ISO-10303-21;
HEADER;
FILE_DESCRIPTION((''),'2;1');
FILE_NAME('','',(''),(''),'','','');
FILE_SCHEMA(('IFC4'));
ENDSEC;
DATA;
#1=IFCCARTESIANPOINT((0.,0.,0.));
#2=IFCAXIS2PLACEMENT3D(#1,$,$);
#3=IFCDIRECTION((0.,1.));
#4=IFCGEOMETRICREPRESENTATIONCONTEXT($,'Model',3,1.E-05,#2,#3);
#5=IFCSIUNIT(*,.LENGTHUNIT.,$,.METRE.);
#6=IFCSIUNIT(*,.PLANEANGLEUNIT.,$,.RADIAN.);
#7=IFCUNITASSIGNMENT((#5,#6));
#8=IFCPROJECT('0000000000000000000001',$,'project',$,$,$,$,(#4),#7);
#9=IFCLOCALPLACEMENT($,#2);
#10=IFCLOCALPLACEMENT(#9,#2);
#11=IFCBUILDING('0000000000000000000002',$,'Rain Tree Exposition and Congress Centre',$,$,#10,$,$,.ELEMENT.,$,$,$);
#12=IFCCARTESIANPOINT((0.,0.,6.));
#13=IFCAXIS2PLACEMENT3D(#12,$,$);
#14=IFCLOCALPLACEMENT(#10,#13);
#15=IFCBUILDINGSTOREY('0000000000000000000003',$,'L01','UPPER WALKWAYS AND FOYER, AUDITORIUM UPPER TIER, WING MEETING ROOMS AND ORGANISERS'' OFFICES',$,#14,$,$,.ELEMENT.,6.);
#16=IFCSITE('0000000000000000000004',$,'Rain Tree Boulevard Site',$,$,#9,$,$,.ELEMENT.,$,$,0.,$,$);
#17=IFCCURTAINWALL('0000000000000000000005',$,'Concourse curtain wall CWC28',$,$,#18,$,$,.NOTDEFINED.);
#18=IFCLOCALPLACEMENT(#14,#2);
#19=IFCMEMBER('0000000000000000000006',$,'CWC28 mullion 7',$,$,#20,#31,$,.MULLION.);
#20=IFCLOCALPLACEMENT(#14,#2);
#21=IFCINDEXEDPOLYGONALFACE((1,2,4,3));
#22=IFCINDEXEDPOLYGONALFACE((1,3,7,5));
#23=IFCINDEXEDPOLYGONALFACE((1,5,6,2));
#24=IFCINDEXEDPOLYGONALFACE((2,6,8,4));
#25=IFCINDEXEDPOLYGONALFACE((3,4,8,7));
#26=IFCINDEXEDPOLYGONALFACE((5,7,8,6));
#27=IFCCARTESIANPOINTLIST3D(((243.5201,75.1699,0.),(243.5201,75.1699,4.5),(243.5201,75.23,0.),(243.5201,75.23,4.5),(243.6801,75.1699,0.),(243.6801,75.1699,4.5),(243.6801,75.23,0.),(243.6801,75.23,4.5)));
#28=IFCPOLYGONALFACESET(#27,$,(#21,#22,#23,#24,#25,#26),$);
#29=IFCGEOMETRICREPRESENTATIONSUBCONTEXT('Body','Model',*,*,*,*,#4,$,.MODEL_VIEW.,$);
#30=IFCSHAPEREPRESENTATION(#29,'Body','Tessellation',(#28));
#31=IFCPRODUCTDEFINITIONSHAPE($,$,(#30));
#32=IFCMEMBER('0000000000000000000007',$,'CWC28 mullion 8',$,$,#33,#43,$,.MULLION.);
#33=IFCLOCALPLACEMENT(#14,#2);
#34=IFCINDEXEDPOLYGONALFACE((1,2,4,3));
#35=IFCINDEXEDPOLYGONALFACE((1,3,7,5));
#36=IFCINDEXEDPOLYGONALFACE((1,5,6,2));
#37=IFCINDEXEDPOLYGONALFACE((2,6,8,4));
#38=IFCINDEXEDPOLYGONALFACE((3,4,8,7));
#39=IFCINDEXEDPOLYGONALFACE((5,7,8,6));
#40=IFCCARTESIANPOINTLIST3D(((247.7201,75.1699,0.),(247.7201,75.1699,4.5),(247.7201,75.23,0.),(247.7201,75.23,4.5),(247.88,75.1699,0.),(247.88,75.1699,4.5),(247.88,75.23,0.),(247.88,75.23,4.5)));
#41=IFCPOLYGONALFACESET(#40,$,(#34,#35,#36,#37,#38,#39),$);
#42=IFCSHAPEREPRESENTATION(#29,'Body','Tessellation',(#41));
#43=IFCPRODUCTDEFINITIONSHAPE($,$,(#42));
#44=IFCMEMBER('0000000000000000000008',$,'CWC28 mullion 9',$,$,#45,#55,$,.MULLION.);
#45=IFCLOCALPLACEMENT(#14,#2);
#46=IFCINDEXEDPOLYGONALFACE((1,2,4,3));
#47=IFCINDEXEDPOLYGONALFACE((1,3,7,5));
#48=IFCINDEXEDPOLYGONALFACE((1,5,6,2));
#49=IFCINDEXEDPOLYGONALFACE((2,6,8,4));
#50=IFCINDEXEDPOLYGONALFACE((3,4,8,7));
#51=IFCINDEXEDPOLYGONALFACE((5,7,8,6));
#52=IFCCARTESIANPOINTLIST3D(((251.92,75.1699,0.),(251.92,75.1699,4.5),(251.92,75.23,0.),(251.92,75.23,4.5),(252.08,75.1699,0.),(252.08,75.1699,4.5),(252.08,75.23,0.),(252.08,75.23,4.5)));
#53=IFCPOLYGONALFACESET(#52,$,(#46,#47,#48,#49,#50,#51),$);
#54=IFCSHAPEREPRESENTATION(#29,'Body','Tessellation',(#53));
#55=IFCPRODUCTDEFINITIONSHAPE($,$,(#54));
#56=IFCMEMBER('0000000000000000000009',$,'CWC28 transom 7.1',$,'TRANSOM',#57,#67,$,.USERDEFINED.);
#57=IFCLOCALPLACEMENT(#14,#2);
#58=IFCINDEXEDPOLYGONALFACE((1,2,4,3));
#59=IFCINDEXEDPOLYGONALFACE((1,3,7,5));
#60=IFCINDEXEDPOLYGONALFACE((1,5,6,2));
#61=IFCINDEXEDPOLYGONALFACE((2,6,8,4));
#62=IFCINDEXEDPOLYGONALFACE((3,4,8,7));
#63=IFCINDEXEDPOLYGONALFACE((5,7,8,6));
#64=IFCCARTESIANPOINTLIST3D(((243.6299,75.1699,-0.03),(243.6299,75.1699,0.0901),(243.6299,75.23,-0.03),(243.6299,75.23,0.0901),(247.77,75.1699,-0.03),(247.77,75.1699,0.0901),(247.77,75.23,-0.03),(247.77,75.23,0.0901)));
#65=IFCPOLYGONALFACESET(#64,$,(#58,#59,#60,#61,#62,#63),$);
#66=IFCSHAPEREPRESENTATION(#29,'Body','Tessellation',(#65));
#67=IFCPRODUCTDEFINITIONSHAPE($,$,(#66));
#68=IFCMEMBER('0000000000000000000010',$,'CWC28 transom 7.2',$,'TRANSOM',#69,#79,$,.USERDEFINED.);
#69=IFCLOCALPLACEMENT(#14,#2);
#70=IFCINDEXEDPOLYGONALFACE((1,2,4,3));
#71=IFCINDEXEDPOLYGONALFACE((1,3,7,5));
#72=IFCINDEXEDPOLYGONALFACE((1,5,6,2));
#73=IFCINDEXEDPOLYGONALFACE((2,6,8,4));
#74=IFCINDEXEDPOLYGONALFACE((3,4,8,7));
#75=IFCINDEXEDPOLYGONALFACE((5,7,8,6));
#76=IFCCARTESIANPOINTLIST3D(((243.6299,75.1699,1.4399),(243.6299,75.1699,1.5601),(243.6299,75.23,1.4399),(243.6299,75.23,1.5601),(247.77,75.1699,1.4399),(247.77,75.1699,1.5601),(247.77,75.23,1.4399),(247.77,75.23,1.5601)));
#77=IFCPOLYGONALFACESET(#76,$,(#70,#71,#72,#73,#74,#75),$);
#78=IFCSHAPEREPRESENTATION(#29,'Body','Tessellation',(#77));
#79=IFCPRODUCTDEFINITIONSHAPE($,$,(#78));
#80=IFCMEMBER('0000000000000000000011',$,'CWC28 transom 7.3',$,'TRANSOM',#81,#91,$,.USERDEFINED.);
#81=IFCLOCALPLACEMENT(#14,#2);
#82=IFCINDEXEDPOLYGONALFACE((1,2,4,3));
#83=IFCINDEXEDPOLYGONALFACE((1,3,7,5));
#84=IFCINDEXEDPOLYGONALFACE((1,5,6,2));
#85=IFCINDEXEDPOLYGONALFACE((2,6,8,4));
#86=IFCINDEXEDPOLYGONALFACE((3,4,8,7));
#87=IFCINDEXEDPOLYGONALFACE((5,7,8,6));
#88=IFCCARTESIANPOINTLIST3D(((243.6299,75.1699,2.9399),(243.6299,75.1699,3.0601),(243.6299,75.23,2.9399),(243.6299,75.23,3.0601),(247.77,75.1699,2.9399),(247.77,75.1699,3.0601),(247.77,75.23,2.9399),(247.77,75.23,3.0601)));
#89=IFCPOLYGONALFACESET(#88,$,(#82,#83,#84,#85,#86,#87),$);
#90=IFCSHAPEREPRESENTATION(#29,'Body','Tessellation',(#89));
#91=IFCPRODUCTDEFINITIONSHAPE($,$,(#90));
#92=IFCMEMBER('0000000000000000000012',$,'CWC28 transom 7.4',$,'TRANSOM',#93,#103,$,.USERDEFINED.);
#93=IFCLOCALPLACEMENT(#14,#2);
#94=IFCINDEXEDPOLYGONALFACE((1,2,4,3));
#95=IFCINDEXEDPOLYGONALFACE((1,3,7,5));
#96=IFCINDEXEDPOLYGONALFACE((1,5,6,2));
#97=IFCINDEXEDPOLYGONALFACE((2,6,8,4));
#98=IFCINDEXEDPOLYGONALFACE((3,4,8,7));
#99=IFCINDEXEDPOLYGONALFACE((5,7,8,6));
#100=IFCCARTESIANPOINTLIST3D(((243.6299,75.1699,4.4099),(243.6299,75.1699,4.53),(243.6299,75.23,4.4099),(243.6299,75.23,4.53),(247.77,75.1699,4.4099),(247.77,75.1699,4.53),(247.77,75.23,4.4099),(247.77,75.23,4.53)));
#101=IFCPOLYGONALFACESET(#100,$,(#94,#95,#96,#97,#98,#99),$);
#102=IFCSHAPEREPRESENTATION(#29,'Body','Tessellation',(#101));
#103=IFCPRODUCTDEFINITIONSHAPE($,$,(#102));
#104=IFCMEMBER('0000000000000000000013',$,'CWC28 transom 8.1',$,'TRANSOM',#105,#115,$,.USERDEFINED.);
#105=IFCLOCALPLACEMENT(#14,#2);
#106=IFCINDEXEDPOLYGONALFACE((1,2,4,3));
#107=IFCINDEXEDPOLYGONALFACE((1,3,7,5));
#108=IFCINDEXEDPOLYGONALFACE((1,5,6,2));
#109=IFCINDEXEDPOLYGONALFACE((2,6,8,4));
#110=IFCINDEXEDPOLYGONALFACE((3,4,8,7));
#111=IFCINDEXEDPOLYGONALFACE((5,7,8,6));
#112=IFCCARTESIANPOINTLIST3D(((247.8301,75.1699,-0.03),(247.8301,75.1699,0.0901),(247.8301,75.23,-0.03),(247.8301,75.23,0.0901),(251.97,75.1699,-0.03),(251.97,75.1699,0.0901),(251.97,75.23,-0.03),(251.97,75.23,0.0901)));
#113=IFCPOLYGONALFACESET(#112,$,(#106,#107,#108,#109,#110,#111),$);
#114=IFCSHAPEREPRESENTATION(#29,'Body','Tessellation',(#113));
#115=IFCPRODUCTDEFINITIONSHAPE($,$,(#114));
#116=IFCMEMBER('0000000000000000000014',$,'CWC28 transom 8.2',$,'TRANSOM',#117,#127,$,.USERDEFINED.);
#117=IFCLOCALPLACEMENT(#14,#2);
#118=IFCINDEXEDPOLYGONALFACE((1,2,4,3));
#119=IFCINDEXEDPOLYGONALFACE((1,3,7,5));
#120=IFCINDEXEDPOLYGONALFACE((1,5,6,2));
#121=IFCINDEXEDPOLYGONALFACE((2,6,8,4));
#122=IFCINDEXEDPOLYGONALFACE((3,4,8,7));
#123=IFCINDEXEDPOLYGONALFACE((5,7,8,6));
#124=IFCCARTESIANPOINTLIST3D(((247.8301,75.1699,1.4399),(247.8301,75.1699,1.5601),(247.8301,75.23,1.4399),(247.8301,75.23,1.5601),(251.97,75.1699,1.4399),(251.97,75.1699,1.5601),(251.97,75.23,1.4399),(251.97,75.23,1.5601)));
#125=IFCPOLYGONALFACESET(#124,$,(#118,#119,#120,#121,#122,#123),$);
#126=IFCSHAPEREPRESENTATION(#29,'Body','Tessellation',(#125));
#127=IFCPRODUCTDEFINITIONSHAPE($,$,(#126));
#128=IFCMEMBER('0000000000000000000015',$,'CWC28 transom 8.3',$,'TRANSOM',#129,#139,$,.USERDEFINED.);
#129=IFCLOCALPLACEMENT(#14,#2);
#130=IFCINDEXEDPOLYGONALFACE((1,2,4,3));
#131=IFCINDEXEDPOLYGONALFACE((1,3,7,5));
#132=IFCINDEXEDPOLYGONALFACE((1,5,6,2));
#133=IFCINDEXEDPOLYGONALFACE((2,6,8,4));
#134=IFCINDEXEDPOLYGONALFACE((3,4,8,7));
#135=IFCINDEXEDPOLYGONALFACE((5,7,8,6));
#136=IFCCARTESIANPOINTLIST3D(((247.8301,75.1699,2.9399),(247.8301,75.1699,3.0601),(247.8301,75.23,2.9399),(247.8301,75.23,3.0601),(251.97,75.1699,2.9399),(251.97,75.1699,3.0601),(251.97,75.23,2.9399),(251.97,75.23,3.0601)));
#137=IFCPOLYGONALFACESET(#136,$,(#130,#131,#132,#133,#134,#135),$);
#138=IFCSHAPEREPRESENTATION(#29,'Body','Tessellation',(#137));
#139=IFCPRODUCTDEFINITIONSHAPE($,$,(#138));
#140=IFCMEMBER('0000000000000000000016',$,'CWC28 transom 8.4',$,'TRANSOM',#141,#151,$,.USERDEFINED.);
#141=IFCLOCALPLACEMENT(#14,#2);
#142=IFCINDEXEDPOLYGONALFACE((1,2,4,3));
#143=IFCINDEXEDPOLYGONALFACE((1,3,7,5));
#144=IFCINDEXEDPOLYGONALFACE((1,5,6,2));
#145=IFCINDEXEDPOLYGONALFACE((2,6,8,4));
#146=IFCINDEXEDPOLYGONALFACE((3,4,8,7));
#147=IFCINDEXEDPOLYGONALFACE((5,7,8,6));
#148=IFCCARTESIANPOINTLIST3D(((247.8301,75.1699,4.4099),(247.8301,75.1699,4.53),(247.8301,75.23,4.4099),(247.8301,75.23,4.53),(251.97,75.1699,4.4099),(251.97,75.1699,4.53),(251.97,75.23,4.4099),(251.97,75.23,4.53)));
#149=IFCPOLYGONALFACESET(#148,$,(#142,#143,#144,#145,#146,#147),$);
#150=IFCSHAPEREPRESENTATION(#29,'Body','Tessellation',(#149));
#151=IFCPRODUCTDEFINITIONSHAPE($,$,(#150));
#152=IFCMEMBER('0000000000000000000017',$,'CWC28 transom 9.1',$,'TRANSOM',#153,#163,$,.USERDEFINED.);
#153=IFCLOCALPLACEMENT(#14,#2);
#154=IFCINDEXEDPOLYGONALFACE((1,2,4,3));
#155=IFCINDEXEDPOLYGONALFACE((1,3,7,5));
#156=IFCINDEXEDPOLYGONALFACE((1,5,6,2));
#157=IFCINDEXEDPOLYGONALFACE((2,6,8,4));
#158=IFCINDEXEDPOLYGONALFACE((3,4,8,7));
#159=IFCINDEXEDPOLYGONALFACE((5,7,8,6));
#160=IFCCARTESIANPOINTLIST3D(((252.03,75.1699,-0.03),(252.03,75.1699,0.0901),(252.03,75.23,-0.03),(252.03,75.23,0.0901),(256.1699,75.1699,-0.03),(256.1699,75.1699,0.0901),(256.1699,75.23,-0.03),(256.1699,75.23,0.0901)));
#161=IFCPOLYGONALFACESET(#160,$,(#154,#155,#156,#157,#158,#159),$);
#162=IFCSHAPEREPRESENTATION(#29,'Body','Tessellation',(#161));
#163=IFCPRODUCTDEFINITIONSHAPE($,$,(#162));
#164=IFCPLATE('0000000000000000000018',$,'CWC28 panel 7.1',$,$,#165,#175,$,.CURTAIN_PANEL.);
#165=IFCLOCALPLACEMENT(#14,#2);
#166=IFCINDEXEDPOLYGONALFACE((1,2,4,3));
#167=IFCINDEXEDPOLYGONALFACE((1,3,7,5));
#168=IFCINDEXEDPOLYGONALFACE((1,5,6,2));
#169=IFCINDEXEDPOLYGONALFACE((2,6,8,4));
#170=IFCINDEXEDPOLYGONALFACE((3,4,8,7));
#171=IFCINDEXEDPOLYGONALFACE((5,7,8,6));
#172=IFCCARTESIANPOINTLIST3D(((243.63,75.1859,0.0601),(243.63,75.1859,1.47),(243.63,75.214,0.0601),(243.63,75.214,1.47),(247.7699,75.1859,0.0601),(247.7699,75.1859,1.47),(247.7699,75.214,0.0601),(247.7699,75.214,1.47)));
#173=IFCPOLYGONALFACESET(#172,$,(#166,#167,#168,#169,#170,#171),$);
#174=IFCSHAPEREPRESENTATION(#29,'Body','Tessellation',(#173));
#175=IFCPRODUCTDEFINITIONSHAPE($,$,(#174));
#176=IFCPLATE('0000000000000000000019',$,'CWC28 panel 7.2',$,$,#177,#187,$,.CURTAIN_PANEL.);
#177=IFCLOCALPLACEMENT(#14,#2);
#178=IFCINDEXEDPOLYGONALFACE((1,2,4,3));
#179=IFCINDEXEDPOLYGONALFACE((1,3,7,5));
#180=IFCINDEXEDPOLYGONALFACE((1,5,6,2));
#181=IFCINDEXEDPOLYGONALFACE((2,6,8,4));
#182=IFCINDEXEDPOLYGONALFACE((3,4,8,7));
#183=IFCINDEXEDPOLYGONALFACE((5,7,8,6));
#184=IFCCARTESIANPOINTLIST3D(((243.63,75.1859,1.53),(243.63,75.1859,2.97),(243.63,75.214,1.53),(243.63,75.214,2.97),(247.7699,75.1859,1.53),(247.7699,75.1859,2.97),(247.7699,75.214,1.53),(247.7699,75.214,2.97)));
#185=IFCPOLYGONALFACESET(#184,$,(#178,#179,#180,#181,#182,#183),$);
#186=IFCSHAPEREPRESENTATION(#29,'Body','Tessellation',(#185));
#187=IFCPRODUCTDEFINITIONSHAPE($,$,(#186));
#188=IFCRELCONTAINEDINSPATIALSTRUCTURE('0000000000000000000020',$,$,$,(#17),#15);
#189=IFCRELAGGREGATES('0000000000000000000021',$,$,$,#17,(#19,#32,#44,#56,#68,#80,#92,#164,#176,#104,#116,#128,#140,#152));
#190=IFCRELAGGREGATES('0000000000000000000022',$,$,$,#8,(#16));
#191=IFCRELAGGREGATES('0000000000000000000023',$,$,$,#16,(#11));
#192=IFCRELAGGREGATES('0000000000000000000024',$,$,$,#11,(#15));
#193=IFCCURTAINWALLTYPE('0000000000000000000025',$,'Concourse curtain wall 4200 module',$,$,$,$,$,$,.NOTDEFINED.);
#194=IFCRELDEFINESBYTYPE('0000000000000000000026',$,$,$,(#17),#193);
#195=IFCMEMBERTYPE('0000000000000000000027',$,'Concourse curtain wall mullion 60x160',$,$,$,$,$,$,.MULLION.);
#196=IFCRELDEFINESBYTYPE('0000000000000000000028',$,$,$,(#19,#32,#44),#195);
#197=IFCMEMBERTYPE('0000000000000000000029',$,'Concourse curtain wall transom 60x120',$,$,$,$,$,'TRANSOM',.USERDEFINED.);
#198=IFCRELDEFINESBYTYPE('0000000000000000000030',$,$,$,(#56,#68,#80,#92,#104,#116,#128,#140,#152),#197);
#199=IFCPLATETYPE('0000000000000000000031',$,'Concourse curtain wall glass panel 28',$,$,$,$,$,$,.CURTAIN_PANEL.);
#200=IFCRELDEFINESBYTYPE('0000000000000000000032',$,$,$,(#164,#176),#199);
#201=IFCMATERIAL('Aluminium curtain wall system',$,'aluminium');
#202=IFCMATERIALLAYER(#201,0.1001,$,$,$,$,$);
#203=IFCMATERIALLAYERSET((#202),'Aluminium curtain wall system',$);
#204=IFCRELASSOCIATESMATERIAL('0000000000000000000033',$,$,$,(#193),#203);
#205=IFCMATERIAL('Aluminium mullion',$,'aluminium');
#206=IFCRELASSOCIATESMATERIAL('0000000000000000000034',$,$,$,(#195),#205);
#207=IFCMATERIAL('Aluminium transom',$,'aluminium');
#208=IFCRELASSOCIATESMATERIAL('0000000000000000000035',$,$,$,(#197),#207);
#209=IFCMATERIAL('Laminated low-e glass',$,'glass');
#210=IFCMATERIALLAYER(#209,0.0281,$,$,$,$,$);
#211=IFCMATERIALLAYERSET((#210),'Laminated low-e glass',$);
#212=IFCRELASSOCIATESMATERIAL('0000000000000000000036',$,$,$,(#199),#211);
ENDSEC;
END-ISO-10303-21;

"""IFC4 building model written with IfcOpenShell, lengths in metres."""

from ifc_helpers import new_model, si_unit, direction, frame, origin, origin_2d, place, context, subcontext, project, spatial, rectangle, extrude, material, layer, layer_set, material_profile, profile_set, type_object, element, aggregate, save


model = new_model("IFC4")

# Units and contexts
model_context = context("Model", 3, precision=1e-05, world=origin(), true_north=direction((0.0, 1.0)))
body_context = subcontext(model_context, "Body", "Model", "MODEL_VIEW")
ifc_project = project(units=[si_unit("LENGTHUNIT", "METRE"), si_unit("PLANEANGLEUNIT", "RADIAN")], contexts=[model_context])

# Site, building, storey
site_placement = place(None, origin())
site = spatial("IfcSite", under=ifc_project, at=site_placement, Name="Rain Tree Boulevard Site", CompositionType="ELEMENT", RefElevation=0.0)
building_placement = place(site_placement, origin())
building = spatial("IfcBuilding", under=site, at=building_placement, Name="Rain Tree Exposition and Congress Centre", CompositionType="ELEMENT")
storey_placement = place(building_placement, frame((0.0, 0.0, 6.0)))
storey = spatial("IfcBuildingStorey", under=building, at=storey_placement, Name="L01", Description="UPPER WALKWAYS AND FOYER, AUDITORIUM UPPER TIER, WING MEETING ROOMS AND ORGANISERS' OFFICES", CompositionType="ELEMENT", Elevation=6.0)

# Curtain wall, members, plates
ifc_material_1 = material(Name="Aluminium curtain wall system", Category="aluminium")
ifc_layer_1 = layer(ifc_material_1, 0.1001)
ifc_layer_set_1 = layer_set([ifc_layer_1], Name="Aluminium curtain wall system")
curtain_wall_type = type_object("IfcCurtainWallType", Name="Concourse curtain wall 4200 module", PredefinedType="NOTDEFINED", material=ifc_layer_set_1)
curtain_wall_placement = place(storey_placement, origin())
curtain_wall = element("IfcCurtainWall", 1, at=curtain_wall_placement, inside=storey, type_object=curtain_wall_type, Name="Concourse curtain wall CWC28", PredefinedType="NOTDEFINED")
ifc_material_2 = material(Name="Aluminium mullion", Category="aluminium")
ifc_material_profile_1 = material_profile(ifc_material_2, rectangle(XDim=0.0601, YDim=0.1599, at=origin_2d()), Name="AL 60x160")
ifc_profile_set_1 = profile_set([ifc_material_profile_1], Name="Aluminium mullion")
member_type_1 = type_object("IfcMemberType", Name="Concourse curtain wall mullion 60x160", PredefinedType="MULLION", material=ifc_profile_set_1)
member_1_placement = place(storey_placement, frame((243.6001, 75.2, 0.0), z_axis=(0.0, 0.0, 1.0), x_axis=(0.0, 1.0, 0.0)))
member_1 = element("IfcMember", 2, at=member_1_placement, type_object=member_type_1, Name="CWC28 mullion 7", PredefinedType="MULLION", context=body_context, shape_type="SweptSolid", body=[
    extrude(rectangle(XDim=0.0601, YDim=0.1599, at=origin_2d()), origin(), (0.0, 0.0, 1.0), 4.5),
])
member_2_placement = place(storey_placement, frame((247.8, 75.2, 0.0), z_axis=(0.0, 0.0, 1.0), x_axis=(0.0, 1.0, 0.0)))
member_2 = element("IfcMember", 3, at=member_2_placement, type_object=member_type_1, Name="CWC28 mullion 8", PredefinedType="MULLION", context=body_context, shape_type="SweptSolid", body=[
    extrude(rectangle(XDim=0.0601, YDim=0.1599, at=origin_2d()), origin(), (0.0, 0.0, 1.0), 4.5),
])
member_3_placement = place(storey_placement, frame((252.0, 75.2, 0.0), z_axis=(0.0, 0.0, 1.0), x_axis=(0.0, 1.0, 0.0)))
member_3 = element("IfcMember", 4, at=member_3_placement, type_object=member_type_1, Name="CWC28 mullion 9", PredefinedType="MULLION", context=body_context, shape_type="SweptSolid", body=[
    extrude(rectangle(XDim=0.0601, YDim=0.1599, at=origin_2d()), origin(), (0.0, 0.0, 1.0), 4.5),
])
ifc_material_3 = material(Name="Aluminium transom", Category="aluminium")
ifc_material_profile_2 = material_profile(ifc_material_3, rectangle(XDim=0.0601, YDim=0.1201, at=origin_2d()), Name="AL 60x120")
ifc_profile_set_2 = profile_set([ifc_material_profile_2], Name="Aluminium transom")
member_type_2 = type_object("IfcMemberType", Name="Concourse curtain wall transom 60x120", ElementType="TRANSOM", PredefinedType="USERDEFINED", material=ifc_profile_set_2)
member_4_placement = place(storey_placement, frame((243.6299, 75.2, 0.03), z_axis=(1.0, 0.0, 0.0), x_axis=(0.0, 1.0, 0.0)))
member_4 = element("IfcMember", 5, at=member_4_placement, type_object=member_type_2, Name="CWC28 transom 7.1", ObjectType="TRANSOM", PredefinedType="USERDEFINED", context=body_context, shape_type="SweptSolid", body=[
    extrude(rectangle(XDim=0.0601, YDim=0.1201, at=origin_2d()), origin(), (0.0, 0.0, 1.0), 4.1401),
])
member_5_placement = place(storey_placement, frame((243.6299, 75.2, 1.5), z_axis=(1.0, 0.0, 0.0), x_axis=(0.0, 1.0, 0.0)))
member_5 = element("IfcMember", 6, at=member_5_placement, type_object=member_type_2, Name="CWC28 transom 7.2", ObjectType="TRANSOM", PredefinedType="USERDEFINED", context=body_context, shape_type="SweptSolid", body=[
    extrude(rectangle(XDim=0.0601, YDim=0.1201, at=origin_2d()), origin(), (0.0, 0.0, 1.0), 4.1401),
])
member_6_placement = place(storey_placement, frame((243.6299, 75.2, 3.0), z_axis=(1.0, 0.0, 0.0), x_axis=(0.0, 1.0, 0.0)))
member_6 = element("IfcMember", 7, at=member_6_placement, type_object=member_type_2, Name="CWC28 transom 7.3", ObjectType="TRANSOM", PredefinedType="USERDEFINED", context=body_context, shape_type="SweptSolid", body=[
    extrude(rectangle(XDim=0.0601, YDim=0.1201, at=origin_2d()), origin(), (0.0, 0.0, 1.0), 4.1401),
])
member_7_placement = place(storey_placement, frame((243.6299, 75.2, 4.47), z_axis=(1.0, 0.0, 0.0), x_axis=(0.0, 1.0, 0.0)))
member_7 = element("IfcMember", 8, at=member_7_placement, type_object=member_type_2, Name="CWC28 transom 7.4", ObjectType="TRANSOM", PredefinedType="USERDEFINED", context=body_context, shape_type="SweptSolid", body=[
    extrude(rectangle(XDim=0.0601, YDim=0.1201, at=origin_2d()), origin(), (0.0, 0.0, 1.0), 4.1401),
])
member_8_placement = place(storey_placement, frame((247.8301, 75.2, 0.03), z_axis=(1.0, 0.0, 0.0), x_axis=(0.0, 1.0, 0.0)))
member_8 = element("IfcMember", 9, at=member_8_placement, type_object=member_type_2, Name="CWC28 transom 8.1", ObjectType="TRANSOM", PredefinedType="USERDEFINED", context=body_context, shape_type="SweptSolid", body=[
    extrude(rectangle(XDim=0.0601, YDim=0.1201, at=origin_2d()), origin(), (0.0, 0.0, 1.0), 4.1399),
])
member_9_placement = place(storey_placement, frame((247.8301, 75.2, 1.5), z_axis=(1.0, 0.0, 0.0), x_axis=(0.0, 1.0, 0.0)))
member_9 = element("IfcMember", 10, at=member_9_placement, type_object=member_type_2, Name="CWC28 transom 8.2", ObjectType="TRANSOM", PredefinedType="USERDEFINED", context=body_context, shape_type="SweptSolid", body=[
    extrude(rectangle(XDim=0.0601, YDim=0.1201, at=origin_2d()), origin(), (0.0, 0.0, 1.0), 4.1399),
])
member_10_placement = place(storey_placement, frame((247.8301, 75.2, 3.0), z_axis=(1.0, 0.0, 0.0), x_axis=(0.0, 1.0, 0.0)))
member_10 = element("IfcMember", 11, at=member_10_placement, type_object=member_type_2, Name="CWC28 transom 8.3", ObjectType="TRANSOM", PredefinedType="USERDEFINED", context=body_context, shape_type="SweptSolid", body=[
    extrude(rectangle(XDim=0.0601, YDim=0.1201, at=origin_2d()), origin(), (0.0, 0.0, 1.0), 4.1399),
])
member_11_placement = place(storey_placement, frame((247.8301, 75.2, 4.47), z_axis=(1.0, 0.0, 0.0), x_axis=(0.0, 1.0, 0.0)))
member_11 = element("IfcMember", 12, at=member_11_placement, type_object=member_type_2, Name="CWC28 transom 8.4", ObjectType="TRANSOM", PredefinedType="USERDEFINED", context=body_context, shape_type="SweptSolid", body=[
    extrude(rectangle(XDim=0.0601, YDim=0.1201, at=origin_2d()), origin(), (0.0, 0.0, 1.0), 4.1399),
])
member_12_placement = place(storey_placement, frame((252.03, 75.2, 0.03), z_axis=(1.0, 0.0, 0.0), x_axis=(0.0, 1.0, 0.0)))
member_12 = element("IfcMember", 13, at=member_12_placement, type_object=member_type_2, Name="CWC28 transom 9.1", ObjectType="TRANSOM", PredefinedType="USERDEFINED", context=body_context, shape_type="SweptSolid", body=[
    extrude(rectangle(XDim=0.0601, YDim=0.1201, at=origin_2d()), origin(), (0.0, 0.0, 1.0), 4.1399),
])
ifc_material_4 = material(Name="Laminated low-e glass", Category="glass")
ifc_layer_2 = layer(ifc_material_4, 0.0281)
ifc_layer_set_2 = layer_set([ifc_layer_2], Name="Laminated low-e glass")
plate_type = type_object("IfcPlateType", Name="Concourse curtain wall glass panel 28", PredefinedType="CURTAIN_PANEL", material=ifc_layer_set_2)
plate_1_placement = place(storey_placement, frame((245.7, 75.2, 0.0601), z_axis=(0.0, 0.0, 1.0), x_axis=(1.0, 0.0, 0.0)))
plate_1 = element("IfcPlate", 14, at=plate_1_placement, type_object=plate_type, Name="CWC28 panel 7.1", PredefinedType="CURTAIN_PANEL", context=body_context, shape_type="SweptSolid", body=[
    extrude(rectangle(XDim=4.1399, YDim=0.0281, at=origin_2d()), origin(), (0.0, 0.0, 1.0), 1.4099),
])
plate_2_placement = place(storey_placement, frame((245.7, 75.2, 1.53), z_axis=(0.0, 0.0, 1.0), x_axis=(1.0, 0.0, 0.0)))
plate_2 = element("IfcPlate", 15, at=plate_2_placement, type_object=plate_type, Name="CWC28 panel 7.2", PredefinedType="CURTAIN_PANEL", context=body_context, shape_type="SweptSolid", body=[
    extrude(rectangle(XDim=4.1399, YDim=0.0281, at=origin_2d()), origin(), (0.0, 0.0, 1.0), 1.4399),
])
aggregate(curtain_wall, [member_1, member_2, member_3, member_4, member_5, member_6, member_7, plate_1, plate_2, member_8, member_9, member_10, member_11, member_12])

save(model, "model.ifc")
